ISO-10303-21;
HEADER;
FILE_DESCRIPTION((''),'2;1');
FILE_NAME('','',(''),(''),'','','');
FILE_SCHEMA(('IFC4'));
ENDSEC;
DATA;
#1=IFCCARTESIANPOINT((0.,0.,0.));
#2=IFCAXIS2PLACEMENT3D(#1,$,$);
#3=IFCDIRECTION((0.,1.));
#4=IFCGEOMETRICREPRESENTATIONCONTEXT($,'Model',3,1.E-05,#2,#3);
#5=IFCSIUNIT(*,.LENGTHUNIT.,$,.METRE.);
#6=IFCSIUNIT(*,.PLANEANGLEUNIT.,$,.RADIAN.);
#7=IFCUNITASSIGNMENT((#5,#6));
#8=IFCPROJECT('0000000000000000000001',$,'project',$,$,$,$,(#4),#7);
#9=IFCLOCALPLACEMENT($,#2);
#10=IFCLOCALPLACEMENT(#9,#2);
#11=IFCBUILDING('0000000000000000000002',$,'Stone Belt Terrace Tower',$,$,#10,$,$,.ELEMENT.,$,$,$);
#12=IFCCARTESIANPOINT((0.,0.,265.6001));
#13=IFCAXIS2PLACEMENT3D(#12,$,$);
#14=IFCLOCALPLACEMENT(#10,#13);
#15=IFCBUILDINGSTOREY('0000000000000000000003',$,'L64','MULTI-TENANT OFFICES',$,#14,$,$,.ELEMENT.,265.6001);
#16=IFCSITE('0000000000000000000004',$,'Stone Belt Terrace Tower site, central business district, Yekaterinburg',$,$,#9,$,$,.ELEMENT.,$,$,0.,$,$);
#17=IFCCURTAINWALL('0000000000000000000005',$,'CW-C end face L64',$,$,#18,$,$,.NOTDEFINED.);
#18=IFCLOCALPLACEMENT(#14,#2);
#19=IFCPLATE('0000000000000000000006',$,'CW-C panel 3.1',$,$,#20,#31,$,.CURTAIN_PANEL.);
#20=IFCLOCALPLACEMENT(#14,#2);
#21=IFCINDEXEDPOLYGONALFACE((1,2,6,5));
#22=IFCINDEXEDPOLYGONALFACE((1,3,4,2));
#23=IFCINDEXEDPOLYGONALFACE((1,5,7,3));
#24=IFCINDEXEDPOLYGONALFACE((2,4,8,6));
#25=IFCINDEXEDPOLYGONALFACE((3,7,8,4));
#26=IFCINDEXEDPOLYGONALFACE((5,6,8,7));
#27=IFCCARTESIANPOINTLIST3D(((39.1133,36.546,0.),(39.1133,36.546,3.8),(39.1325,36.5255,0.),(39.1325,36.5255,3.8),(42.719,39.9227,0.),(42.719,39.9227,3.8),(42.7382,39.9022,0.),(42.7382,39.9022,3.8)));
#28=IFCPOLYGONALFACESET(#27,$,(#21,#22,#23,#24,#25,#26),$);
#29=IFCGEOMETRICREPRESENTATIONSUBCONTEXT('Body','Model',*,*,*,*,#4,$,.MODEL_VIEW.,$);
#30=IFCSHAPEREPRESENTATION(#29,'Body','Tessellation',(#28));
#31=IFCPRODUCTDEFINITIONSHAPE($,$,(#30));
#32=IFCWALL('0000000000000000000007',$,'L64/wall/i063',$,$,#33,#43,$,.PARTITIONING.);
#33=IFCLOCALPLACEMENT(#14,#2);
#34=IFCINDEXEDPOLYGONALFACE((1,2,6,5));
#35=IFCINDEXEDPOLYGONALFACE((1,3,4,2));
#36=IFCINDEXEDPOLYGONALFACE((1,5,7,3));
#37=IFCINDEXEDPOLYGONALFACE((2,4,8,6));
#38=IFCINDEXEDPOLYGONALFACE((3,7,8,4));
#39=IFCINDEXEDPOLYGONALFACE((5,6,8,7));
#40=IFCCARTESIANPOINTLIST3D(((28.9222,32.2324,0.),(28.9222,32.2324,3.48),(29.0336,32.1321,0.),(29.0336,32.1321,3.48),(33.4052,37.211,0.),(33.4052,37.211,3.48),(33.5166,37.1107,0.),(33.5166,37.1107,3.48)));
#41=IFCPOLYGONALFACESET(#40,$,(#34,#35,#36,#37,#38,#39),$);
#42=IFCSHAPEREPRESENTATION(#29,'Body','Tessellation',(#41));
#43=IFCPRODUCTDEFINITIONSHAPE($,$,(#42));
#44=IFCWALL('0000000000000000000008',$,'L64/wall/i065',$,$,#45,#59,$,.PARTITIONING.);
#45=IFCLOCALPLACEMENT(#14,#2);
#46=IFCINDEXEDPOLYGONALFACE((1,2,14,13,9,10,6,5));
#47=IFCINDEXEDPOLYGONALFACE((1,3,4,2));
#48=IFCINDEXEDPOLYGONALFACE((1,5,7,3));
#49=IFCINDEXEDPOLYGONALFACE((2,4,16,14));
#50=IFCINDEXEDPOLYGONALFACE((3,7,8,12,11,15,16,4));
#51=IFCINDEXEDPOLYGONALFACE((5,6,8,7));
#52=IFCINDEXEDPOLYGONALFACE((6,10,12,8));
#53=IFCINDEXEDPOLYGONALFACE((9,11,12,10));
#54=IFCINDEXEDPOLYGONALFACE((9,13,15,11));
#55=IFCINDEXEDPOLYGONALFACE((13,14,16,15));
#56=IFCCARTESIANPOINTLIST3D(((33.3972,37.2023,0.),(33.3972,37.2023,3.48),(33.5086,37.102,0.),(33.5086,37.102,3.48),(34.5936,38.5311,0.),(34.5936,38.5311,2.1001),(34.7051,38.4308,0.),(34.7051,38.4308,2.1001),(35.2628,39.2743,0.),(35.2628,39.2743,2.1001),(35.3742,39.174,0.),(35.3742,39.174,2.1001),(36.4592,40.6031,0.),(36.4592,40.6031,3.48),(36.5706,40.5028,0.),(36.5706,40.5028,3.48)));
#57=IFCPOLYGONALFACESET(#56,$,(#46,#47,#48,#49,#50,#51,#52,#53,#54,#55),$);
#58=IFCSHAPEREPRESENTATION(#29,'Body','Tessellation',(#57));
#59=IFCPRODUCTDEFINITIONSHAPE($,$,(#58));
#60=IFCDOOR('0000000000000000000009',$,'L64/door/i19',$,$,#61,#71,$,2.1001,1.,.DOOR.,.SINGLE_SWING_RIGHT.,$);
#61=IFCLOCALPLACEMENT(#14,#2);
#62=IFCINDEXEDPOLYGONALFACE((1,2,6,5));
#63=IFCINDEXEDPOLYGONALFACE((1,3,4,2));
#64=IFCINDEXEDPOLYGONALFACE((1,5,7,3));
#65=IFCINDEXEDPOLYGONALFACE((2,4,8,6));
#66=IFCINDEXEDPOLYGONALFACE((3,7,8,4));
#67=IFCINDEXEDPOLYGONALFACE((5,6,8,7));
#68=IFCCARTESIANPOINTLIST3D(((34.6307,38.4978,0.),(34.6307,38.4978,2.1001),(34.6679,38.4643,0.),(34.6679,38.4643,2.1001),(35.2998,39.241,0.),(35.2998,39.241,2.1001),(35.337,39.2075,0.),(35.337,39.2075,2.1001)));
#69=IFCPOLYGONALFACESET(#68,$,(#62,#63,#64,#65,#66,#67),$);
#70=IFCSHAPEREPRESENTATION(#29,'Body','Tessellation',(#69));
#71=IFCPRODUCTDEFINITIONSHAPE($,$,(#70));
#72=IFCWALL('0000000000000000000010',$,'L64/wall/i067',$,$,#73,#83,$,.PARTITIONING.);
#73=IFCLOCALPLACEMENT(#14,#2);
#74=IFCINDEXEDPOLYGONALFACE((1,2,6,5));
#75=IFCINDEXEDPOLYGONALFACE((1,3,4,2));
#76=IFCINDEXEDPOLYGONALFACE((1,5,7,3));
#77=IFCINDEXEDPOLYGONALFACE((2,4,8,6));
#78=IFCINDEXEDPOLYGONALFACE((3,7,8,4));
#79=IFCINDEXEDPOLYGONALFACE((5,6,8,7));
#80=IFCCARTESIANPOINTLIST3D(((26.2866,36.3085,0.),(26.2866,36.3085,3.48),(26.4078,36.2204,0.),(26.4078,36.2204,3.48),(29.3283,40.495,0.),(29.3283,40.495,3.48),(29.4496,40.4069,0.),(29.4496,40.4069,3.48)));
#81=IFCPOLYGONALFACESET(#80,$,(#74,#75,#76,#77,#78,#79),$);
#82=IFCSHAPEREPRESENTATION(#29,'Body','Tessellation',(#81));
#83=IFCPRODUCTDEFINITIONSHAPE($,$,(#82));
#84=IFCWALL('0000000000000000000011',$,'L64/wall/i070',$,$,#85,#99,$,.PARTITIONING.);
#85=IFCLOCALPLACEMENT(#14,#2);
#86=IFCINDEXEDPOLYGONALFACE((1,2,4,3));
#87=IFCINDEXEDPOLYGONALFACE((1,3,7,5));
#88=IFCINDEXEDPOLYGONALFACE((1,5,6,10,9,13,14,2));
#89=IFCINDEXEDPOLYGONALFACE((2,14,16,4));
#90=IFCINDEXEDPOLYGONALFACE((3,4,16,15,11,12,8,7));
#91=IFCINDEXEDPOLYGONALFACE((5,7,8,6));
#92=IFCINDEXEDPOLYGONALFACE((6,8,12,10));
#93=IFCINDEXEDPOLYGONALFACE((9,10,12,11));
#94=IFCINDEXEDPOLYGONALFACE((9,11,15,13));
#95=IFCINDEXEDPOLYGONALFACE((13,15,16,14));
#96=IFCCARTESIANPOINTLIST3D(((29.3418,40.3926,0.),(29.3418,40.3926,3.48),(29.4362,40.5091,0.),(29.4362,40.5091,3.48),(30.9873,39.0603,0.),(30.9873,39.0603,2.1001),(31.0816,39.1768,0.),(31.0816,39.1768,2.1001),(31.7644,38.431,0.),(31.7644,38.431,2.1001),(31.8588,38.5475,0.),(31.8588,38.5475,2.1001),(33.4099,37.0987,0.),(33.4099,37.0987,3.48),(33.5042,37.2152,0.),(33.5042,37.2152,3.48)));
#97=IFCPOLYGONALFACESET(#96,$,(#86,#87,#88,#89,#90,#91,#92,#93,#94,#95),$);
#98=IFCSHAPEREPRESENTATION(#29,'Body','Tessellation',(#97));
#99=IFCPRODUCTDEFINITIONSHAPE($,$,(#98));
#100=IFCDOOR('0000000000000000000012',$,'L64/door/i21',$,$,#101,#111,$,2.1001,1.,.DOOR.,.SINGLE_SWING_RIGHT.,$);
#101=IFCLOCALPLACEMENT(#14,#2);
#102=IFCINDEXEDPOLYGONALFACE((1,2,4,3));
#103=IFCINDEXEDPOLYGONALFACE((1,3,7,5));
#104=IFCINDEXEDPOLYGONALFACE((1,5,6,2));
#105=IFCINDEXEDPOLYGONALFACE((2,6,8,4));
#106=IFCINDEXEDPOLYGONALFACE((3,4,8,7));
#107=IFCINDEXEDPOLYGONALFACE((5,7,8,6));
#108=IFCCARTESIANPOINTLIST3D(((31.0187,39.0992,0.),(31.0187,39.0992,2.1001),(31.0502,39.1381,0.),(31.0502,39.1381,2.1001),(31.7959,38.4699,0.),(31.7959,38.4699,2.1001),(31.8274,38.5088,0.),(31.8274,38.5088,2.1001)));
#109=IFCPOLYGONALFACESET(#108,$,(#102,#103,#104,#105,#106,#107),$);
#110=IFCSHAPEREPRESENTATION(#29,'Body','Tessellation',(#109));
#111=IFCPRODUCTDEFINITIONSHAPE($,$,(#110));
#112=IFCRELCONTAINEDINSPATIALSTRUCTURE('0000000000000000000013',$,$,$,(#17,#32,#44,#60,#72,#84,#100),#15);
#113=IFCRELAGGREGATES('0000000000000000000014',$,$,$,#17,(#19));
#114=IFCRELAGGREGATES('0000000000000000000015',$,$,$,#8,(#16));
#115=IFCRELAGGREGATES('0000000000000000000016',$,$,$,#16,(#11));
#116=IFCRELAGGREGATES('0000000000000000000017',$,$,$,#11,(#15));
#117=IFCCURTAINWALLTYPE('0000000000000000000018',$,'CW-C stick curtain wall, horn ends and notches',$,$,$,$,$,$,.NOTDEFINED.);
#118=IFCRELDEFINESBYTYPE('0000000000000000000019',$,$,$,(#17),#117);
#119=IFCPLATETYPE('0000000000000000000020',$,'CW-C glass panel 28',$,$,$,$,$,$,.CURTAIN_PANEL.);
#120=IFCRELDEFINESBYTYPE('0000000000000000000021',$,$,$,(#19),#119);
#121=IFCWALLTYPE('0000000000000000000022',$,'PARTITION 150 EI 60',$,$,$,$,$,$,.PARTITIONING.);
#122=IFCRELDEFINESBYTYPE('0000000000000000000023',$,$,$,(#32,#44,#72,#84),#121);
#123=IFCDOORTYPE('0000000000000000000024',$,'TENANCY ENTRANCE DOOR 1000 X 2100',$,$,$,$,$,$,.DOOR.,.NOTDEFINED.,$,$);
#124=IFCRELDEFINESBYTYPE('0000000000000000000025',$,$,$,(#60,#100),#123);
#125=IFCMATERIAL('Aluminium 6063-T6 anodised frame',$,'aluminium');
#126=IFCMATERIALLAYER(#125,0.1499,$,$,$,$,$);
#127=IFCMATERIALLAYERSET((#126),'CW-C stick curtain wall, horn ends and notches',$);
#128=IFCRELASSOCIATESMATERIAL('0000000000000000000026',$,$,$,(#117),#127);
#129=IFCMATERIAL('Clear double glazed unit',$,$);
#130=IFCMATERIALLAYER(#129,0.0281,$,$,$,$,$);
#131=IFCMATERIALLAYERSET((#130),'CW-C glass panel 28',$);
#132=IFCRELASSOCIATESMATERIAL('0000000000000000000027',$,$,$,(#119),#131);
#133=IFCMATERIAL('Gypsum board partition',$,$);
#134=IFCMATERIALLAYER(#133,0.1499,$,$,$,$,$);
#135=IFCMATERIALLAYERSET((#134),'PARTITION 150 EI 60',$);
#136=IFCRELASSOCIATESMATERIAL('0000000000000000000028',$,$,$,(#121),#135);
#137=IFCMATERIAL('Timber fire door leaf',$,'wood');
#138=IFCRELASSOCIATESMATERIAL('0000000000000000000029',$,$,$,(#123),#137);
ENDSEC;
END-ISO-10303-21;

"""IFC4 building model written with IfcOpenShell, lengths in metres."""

from ifc_helpers import new_model, si_unit, direction, frame, frame_2d, origin, origin_2d, place, context, subcontext, project, spatial, rectangle, extrude, material, layer, layer_set, type_object, element, fill, aggregate, save


model = new_model("IFC4")

# Units and contexts
model_context = context("Model", 3, precision=1e-05, world=origin(), true_north=direction((0.0, 1.0)))
body_context = subcontext(model_context, "Body", "Model", "MODEL_VIEW")
ifc_project = project(units=[si_unit("LENGTHUNIT", "METRE"), si_unit("PLANEANGLEUNIT", "RADIAN")], contexts=[model_context])

# Site, building, storey
site_placement = place(None, origin())
site = spatial("IfcSite", under=ifc_project, at=site_placement, Name="Stone Belt Terrace Tower site, central business district, Yekaterinburg", CompositionType="ELEMENT", RefElevation=0.0)
building_placement = place(site_placement, origin())
building = spatial("IfcBuilding", under=site, at=building_placement, Name="Stone Belt Terrace Tower", CompositionType="ELEMENT")
storey_placement = place(building_placement, frame((0.0, 0.0, 265.6001)))
storey = spatial("IfcBuildingStorey", under=building, at=storey_placement, Name="L64", Description="MULTI-TENANT OFFICES", CompositionType="ELEMENT", Elevation=265.6001)

# Curtain wall
ifc_material_1 = material(Name="Aluminium 6063-T6 anodised frame", Category="aluminium")
ifc_layer_1 = layer(ifc_material_1, 0.1499)
ifc_layer_set_1 = layer_set([ifc_layer_1], Name="CW-C stick curtain wall, horn ends and notches")
curtain_wall_type_1 = type_object("IfcCurtainWallType", Name="CW-C stick curtain wall, horn ends and notches", PredefinedType="NOTDEFINED", material=ifc_layer_set_1)
curtain_wall_1_placement = place(storey_placement, origin())
curtain_wall_1 = element("IfcCurtainWall", 1, at=curtain_wall_1_placement, inside=storey, type_object=curtain_wall_type_1, Name="CW-C end face L64", PredefinedType="NOTDEFINED")

# Shared definitions
ifc_material_2 = material(Name="Clear double glazed unit")

# Plate
ifc_layer_2 = layer(ifc_material_2, 0.0281)
ifc_layer_set_2 = layer_set([ifc_layer_2], Name="CW-C glass panel 28")
plate_type_1 = type_object("IfcPlateType", Name="CW-C glass panel 28", PredefinedType="CURTAIN_PANEL", material=ifc_layer_set_2)
plate_1_placement = place(storey_placement, frame((40.9258, 38.2241, 0.0), z_axis=(0.0, 0.0, 1.0), x_axis=(0.729904, 0.683549, 0.0)))
plate_1 = element("IfcPlate", 2, at=plate_1_placement, type_object=plate_type_1, Name="CW-C panel 3.1", PredefinedType="CURTAIN_PANEL", context=body_context, shape_type="SweptSolid", body=[
    extrude(rectangle(XDim=4.9399, YDim=0.0281, at=origin_2d()), origin(), (0.0, 0.0, 1.0), 3.8),
])
aggregate(curtain_wall_1, [plate_1])

# Wall
ifc_material_3 = material(Name="Gypsum board partition")
ifc_layer_3 = layer(ifc_material_3, 0.1499)
ifc_layer_set_3 = layer_set([ifc_layer_3], Name="PARTITION 150 EI 60")
wall_type = type_object("IfcWallType", Name="PARTITION 150 EI 60", PredefinedType="PARTITIONING", material=ifc_layer_set_3)
wall_1_placement = place(storey_placement, frame((28.978, 32.1824, 0.0), z_axis=(0.0, 0.0, 1.0), x_axis=(0.66915, 0.743127, 0.0)))
element("IfcWall", 3, at=wall_1_placement, inside=storey, type_object=wall_type, Name="L64/wall/i063", PredefinedType="PARTITIONING", context=body_context, shape_type="SweptSolid", body=[
    extrude(rectangle(XDim=6.6995, YDim=0.1499, at=frame_2d((3.3496, 0.0))), origin(), (0.0, 0.0, 1.0), 3.48),
])

# Wall, opening, door
wall_2_placement = place(storey_placement, frame((36.5149, 40.553, 0.0), z_axis=(0.0, 0.0, 1.0), x_axis=(-0.669112, -0.743161, 0.0)))
wall_2 = element("IfcWall", 4, at=wall_2_placement, inside=storey, type_object=wall_type, Name="L64/wall/i065", PredefinedType="PARTITIONING", context=body_context, shape_type="SweptSolid", body=[
    extrude(rectangle(XDim=4.5762, YDim=0.1499, at=frame_2d((2.2881, 0.0))), origin(), (0.0, 0.0, 1.0), 3.48),
])
opening_1_placement = place(wall_2_placement, frame((1.7881, 0.0, 0.0)))
opening_1 = element("IfcOpeningElement", 5, at=opening_1_placement, cuts=wall_2, PredefinedType="OPENING", context=body_context, shape_type="SweptSolid", body=[
    extrude(rectangle(XDim=1.0, YDim=2.1001, at=frame_2d((0.5, 1.05))), frame((0.0, 0.085, 0.0), z_axis=(0.0, -1.0, 0.0), x_axis=(1.0, 0.0, 0.0)), (0.0, 0.0, 1.0), 0.1699),
])
ifc_material_4 = material(Name="Timber fire door leaf", Category="wood")
door_type = type_object("IfcDoorType", Name="TENANCY ENTRANCE DOOR 1000 X 2100", OperationType="NOTDEFINED", PredefinedType="DOOR", material=ifc_material_4)
door_1_placement = place(opening_1_placement, origin())
door_1 = element("IfcDoor", 6, at=door_1_placement, inside=storey, type_object=door_type, Name="L64/door/i19", OperationType="SINGLE_SWING_RIGHT", OverallHeight=2.1001, OverallWidth=1.0, PredefinedType="DOOR", context=body_context, shape_type="SweptSolid", body=[
    extrude(rectangle(XDim=1.0, YDim=2.1001, at=frame_2d((0.5, 1.05))), frame((0.0, 0.0249, 0.0), z_axis=(0.0, -1.0, 0.0), x_axis=(1.0, 0.0, 0.0)), (0.0, 0.0, 1.0), 0.05),
])
fill(opening_1, door_1)

# Wall
wall_3_placement = place(storey_placement, frame((29.3889, 40.4509, 0.0), z_axis=(0.0, 0.0, 1.0), x_axis=(-0.587793, -0.809011, 0.0)))
element("IfcWall", 7, at=wall_3_placement, inside=storey, type_object=wall_type, Name="L64/wall/i067", PredefinedType="PARTITIONING", context=body_context, shape_type="SweptSolid", body=[
    extrude(rectangle(XDim=5.1748, YDim=0.1499, at=frame_2d((2.5874, 0.0))), origin(), (0.0, 0.0, 1.0), 3.48),
])

# Wall, opening, door
wall_4_placement = place(storey_placement, frame((33.457, 37.157, 0.0), z_axis=(0.0, 0.0, 1.0), x_axis=(-0.777179, 0.62928, 0.0)))
wall_4 = element("IfcWall", 8, at=wall_4_placement, inside=storey, type_object=wall_type, Name="L64/wall/i070", PredefinedType="PARTITIONING", context=body_context, shape_type="SweptSolid", body=[
    extrude(rectangle(XDim=5.2344, YDim=0.1499, at=frame_2d((2.6172, 0.0))), origin(), (0.0, 0.0, 1.0), 3.48),
])
opening_2_placement = place(wall_4_placement, frame((2.1172, 0.0, 0.0)))
opening_2 = element("IfcOpeningElement", 9, at=opening_2_placement, cuts=wall_4, PredefinedType="OPENING", context=body_context, shape_type="SweptSolid", body=[
    extrude(rectangle(XDim=1.0, YDim=2.1001, at=frame_2d((0.5, 1.05))), frame((0.0, 0.085, 0.0), z_axis=(0.0, -1.0, 0.0), x_axis=(1.0, 0.0, 0.0)), (0.0, 0.0, 1.0), 0.1699),
])
door_2_placement = place(opening_2_placement, origin())
door_2 = element("IfcDoor", 10, at=door_2_placement, inside=storey, type_object=door_type, Name="L64/door/i21", OperationType="SINGLE_SWING_RIGHT", OverallHeight=2.1001, OverallWidth=1.0, PredefinedType="DOOR", context=body_context, shape_type="SweptSolid", body=[
    extrude(rectangle(XDim=1.0, YDim=2.1001, at=frame_2d((0.5, 1.05))), frame((0.0, 0.0249, 0.0), z_axis=(0.0, -1.0, 0.0), x_axis=(1.0, 0.0, 0.0)), (0.0, 0.0, 1.0), 0.05),
])
fill(opening_2, door_2)

save(model, "model.ifc")
